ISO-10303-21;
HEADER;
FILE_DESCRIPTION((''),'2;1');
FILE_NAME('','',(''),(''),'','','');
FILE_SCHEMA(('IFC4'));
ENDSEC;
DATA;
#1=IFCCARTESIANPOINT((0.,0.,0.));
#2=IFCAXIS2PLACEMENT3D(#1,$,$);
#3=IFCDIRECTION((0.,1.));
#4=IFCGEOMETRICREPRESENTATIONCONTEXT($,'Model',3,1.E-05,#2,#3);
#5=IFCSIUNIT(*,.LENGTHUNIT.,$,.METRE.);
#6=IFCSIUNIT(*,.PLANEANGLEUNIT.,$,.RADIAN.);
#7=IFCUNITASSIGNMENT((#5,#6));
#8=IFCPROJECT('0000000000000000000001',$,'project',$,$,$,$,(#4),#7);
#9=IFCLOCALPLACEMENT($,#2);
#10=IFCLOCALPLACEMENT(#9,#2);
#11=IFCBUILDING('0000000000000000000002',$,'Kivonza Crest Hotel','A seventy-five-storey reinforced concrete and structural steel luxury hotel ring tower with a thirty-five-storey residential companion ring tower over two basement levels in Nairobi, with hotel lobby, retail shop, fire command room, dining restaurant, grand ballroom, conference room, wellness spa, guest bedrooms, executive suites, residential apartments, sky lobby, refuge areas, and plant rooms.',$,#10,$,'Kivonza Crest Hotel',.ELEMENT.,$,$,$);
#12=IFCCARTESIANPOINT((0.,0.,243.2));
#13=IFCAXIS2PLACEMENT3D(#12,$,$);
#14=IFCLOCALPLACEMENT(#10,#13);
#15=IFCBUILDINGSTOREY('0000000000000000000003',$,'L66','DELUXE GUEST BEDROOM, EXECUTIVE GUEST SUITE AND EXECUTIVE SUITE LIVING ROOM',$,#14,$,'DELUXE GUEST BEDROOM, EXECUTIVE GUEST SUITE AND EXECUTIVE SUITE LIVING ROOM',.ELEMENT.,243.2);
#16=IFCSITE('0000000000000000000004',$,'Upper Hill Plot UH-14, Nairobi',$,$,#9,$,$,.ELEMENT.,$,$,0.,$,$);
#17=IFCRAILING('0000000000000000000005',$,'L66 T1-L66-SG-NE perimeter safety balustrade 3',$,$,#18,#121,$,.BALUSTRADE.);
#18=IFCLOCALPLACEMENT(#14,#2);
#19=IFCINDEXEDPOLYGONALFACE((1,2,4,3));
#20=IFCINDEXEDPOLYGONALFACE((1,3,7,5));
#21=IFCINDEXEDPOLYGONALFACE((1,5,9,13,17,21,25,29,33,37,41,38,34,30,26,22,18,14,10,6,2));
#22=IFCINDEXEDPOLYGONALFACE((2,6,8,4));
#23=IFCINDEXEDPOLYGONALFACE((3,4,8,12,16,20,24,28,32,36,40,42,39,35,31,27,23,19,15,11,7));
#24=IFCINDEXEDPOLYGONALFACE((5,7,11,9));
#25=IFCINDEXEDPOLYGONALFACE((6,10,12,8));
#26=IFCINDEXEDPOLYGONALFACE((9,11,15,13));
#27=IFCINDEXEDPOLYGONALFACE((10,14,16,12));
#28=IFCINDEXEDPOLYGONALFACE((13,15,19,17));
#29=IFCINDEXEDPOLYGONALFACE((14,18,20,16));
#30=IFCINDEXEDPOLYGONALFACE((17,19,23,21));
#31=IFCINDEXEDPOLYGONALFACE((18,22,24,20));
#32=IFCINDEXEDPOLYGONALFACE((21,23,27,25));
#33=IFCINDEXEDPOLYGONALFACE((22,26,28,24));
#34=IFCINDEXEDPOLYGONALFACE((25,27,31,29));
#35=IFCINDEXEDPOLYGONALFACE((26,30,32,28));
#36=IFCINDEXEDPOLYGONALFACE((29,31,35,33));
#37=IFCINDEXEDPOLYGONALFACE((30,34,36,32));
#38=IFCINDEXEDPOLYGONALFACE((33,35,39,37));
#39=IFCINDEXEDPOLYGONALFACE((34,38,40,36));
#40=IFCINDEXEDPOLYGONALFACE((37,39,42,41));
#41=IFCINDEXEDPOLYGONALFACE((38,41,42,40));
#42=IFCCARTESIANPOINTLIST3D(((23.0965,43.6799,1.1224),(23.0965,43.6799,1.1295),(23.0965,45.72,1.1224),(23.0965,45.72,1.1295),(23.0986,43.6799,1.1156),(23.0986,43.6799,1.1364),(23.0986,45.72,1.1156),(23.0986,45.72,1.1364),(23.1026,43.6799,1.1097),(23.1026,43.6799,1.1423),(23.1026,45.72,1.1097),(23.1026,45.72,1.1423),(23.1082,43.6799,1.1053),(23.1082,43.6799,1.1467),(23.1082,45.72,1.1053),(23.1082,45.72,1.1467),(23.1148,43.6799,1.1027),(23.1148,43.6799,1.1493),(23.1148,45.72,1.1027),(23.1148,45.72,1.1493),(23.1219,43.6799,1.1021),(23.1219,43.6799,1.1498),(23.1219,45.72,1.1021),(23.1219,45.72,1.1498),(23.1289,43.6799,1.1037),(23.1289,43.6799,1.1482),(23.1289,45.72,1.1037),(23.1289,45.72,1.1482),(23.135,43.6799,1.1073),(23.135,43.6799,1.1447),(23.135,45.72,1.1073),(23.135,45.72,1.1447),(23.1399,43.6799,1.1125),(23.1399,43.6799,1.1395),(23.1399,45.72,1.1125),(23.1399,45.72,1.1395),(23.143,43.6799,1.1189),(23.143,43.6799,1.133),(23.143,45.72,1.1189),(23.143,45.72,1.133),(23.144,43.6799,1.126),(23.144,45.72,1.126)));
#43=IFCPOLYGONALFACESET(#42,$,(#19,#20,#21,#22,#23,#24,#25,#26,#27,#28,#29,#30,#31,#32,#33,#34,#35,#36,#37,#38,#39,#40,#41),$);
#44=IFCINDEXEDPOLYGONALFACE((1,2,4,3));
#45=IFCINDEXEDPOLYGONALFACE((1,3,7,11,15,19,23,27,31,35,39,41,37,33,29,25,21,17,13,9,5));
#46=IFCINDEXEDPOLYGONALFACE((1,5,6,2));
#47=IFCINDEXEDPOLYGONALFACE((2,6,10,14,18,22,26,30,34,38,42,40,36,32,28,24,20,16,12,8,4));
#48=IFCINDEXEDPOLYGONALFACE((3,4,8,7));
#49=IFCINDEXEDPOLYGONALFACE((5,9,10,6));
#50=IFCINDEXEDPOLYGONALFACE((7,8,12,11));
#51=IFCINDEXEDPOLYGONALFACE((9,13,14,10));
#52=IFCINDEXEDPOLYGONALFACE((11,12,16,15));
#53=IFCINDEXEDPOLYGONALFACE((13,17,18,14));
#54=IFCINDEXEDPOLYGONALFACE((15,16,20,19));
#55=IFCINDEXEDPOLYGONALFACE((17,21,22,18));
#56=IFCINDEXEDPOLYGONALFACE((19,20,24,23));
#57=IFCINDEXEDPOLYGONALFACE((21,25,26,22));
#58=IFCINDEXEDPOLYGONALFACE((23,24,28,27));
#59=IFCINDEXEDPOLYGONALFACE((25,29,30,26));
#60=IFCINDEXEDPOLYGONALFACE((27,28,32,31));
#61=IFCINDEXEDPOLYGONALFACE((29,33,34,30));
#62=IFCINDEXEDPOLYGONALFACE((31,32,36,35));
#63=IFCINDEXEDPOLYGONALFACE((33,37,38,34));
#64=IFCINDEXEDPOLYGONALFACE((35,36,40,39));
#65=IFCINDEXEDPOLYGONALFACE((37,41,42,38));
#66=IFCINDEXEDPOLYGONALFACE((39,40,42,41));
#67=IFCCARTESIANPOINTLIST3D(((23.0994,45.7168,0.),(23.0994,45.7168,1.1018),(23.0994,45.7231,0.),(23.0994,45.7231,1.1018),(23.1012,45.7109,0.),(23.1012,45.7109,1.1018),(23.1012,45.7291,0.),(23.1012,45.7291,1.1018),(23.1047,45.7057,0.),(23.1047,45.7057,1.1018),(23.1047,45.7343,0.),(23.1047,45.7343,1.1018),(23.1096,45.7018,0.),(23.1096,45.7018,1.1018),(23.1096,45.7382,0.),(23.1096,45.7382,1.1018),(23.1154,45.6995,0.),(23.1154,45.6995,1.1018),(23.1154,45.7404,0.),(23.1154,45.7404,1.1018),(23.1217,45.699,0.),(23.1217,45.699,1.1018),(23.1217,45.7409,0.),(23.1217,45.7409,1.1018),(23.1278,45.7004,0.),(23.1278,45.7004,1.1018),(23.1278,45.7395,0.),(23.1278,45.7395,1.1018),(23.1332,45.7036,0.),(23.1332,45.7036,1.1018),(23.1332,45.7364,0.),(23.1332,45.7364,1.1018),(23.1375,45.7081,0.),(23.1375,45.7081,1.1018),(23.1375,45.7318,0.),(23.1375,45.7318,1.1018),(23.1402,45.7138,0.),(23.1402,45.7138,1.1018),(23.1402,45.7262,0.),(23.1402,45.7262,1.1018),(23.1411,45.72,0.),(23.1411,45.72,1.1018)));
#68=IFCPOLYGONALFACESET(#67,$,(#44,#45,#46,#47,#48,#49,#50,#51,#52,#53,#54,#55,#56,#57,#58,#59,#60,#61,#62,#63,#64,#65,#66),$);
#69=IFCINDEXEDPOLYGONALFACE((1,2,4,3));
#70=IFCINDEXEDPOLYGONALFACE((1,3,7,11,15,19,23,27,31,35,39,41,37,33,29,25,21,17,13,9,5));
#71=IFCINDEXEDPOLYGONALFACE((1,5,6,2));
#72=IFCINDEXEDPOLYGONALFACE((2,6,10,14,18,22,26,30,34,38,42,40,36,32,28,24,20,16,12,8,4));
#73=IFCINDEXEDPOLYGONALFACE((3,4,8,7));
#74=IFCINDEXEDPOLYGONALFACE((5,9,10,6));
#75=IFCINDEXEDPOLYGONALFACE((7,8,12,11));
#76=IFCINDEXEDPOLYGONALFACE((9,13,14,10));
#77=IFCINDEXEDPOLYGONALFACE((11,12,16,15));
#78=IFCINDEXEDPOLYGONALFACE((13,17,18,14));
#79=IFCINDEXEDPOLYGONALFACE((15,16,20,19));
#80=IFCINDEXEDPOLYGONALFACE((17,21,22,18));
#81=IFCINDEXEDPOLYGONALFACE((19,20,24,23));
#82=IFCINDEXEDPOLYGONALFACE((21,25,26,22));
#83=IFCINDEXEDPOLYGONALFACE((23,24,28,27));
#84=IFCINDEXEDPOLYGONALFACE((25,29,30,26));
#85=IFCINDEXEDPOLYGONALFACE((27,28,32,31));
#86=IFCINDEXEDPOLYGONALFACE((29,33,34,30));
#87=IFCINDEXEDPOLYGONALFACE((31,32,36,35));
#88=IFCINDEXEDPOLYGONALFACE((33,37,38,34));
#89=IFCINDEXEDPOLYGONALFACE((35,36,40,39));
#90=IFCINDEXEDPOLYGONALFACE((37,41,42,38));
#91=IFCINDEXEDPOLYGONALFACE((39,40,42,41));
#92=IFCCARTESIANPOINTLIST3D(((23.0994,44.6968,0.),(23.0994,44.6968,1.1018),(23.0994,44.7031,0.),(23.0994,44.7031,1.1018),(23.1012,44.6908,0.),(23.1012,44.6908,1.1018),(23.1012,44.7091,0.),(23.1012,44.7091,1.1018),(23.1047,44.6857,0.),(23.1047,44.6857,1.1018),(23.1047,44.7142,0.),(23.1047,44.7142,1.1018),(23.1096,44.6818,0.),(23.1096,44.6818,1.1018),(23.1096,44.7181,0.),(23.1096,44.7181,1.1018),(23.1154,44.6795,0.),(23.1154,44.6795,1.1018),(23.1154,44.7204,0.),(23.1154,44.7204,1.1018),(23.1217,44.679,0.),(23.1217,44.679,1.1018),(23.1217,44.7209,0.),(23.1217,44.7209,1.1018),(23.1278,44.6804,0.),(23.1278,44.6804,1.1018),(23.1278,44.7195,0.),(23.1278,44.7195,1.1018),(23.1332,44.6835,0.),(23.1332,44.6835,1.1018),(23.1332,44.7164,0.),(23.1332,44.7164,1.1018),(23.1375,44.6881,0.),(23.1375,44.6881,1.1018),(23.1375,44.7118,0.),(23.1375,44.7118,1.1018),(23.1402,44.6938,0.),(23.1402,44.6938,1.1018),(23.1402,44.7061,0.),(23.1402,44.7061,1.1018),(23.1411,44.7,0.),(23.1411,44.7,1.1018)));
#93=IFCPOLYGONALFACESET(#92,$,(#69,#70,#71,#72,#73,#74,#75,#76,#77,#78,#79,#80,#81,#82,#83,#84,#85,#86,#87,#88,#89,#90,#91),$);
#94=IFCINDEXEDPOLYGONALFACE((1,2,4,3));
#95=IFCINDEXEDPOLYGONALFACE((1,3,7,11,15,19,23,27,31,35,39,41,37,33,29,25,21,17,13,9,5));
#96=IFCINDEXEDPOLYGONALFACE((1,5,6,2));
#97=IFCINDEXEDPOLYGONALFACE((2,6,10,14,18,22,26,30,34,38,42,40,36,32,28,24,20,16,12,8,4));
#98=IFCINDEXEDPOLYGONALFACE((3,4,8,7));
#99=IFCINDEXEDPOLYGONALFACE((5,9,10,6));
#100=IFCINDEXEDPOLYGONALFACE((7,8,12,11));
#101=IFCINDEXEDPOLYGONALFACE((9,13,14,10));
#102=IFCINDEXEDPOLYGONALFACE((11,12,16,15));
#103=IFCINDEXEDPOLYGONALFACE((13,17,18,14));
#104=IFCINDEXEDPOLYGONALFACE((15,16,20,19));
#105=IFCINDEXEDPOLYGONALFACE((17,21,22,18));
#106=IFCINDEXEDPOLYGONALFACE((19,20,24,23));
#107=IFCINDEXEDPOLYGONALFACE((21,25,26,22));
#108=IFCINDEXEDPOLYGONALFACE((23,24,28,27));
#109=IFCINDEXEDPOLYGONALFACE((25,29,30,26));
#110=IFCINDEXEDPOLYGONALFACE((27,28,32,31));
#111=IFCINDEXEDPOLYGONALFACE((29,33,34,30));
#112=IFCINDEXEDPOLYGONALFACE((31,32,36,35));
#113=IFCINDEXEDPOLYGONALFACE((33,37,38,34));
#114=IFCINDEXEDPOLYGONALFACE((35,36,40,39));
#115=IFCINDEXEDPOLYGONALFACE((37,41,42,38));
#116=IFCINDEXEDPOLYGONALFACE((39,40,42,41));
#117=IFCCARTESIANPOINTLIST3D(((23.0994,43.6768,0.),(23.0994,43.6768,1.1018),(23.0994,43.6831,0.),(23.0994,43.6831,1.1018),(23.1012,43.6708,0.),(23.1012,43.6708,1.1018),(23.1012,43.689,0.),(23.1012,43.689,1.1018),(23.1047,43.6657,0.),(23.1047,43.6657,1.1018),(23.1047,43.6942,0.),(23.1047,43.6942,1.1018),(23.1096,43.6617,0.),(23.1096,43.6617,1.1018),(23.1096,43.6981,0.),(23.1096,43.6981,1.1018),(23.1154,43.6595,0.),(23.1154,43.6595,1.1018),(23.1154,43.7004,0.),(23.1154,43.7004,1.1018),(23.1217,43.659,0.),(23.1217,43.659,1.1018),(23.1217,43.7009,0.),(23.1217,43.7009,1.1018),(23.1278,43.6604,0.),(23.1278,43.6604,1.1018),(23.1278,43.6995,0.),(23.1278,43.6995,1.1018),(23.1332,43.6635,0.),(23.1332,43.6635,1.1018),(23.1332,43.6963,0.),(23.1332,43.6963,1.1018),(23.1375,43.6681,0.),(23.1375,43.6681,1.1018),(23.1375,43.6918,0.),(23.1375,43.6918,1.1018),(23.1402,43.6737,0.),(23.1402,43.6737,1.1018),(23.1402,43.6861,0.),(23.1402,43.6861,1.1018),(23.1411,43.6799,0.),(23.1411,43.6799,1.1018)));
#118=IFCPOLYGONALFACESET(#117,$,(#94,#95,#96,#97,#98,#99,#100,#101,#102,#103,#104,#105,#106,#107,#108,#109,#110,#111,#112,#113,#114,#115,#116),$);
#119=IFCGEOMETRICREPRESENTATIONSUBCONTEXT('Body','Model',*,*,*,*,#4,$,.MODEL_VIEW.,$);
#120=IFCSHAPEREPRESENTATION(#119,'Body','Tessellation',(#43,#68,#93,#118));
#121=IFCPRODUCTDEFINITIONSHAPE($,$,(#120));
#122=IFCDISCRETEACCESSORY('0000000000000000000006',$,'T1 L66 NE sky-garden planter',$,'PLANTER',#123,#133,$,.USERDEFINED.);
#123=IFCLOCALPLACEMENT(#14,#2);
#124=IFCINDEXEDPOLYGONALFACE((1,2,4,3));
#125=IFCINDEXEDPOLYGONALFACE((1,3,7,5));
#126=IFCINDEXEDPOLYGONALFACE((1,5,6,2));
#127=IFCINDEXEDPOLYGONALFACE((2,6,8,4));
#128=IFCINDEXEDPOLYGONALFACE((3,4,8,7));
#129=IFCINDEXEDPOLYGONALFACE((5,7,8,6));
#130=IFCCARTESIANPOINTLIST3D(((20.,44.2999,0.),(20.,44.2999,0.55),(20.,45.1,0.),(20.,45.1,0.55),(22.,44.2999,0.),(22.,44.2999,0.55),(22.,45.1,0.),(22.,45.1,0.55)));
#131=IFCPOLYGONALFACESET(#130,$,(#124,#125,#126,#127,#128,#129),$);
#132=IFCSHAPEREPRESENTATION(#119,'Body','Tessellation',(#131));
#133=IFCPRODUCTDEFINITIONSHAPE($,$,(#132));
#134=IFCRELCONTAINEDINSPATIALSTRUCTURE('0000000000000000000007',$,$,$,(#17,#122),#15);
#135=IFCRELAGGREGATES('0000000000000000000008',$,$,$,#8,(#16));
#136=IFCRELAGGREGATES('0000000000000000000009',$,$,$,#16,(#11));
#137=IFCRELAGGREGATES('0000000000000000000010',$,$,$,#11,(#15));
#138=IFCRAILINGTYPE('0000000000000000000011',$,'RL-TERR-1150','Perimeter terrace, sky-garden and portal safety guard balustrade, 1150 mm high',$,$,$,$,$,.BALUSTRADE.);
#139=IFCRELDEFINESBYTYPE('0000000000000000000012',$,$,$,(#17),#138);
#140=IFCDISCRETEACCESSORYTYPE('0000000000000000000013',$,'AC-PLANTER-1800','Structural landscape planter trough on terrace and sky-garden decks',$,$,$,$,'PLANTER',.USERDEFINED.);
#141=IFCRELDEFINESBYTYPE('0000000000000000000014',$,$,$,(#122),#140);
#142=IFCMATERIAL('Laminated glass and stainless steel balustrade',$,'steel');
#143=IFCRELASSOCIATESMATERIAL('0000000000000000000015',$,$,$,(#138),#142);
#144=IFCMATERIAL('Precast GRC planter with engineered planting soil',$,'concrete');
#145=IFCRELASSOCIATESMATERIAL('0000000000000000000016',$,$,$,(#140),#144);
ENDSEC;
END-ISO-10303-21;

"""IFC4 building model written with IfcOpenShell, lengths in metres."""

from ifc_helpers import new_model, si_unit, direction, frame, origin, origin_2d, place, context, subcontext, project, spatial, rectangle, circle, extrude, material, type_object, element, save


model = new_model("IFC4")

# Units and contexts
model_context = context("Model", 3, precision=1e-05, world=origin(), true_north=direction((0.0, 1.0)))
body_context = subcontext(model_context, "Body", "Model", "MODEL_VIEW")
ifc_project = project(units=[si_unit("LENGTHUNIT", "METRE"), si_unit("PLANEANGLEUNIT", "RADIAN")], contexts=[model_context])

# Site, building, storey
site_placement = place(None, origin())
site = spatial("IfcSite", under=ifc_project, at=site_placement, Name="Upper Hill Plot UH-14, Nairobi", CompositionType="ELEMENT", RefElevation=0.0)
building_placement = place(site_placement, origin())
building = spatial("IfcBuilding", under=site, at=building_placement, Name="Kivonza Crest Hotel", Description="A seventy-five-storey reinforced concrete and structural steel luxury hotel ring tower with a thirty-five-storey residential companion ring tower over two basement levels in Nairobi, with hotel lobby, retail shop, fire command room, dining restaurant, grand ballroom, conference room, wellness spa, guest bedrooms, executive suites, residential apartments, sky lobby, refuge areas, and plant rooms.", LongName="Kivonza Crest Hotel", CompositionType="ELEMENT")
storey_placement = place(building_placement, frame((0.0, 0.0, 243.2)))
storey = spatial("IfcBuildingStorey", under=building, at=storey_placement, Name="L66", Description="DELUXE GUEST BEDROOM, EXECUTIVE GUEST SUITE AND EXECUTIVE SUITE LIVING ROOM", LongName="DELUXE GUEST BEDROOM, EXECUTIVE GUEST SUITE AND EXECUTIVE SUITE LIVING ROOM", CompositionType="ELEMENT", Elevation=243.2)

# Railing
ifc_material_1 = material(Name="Laminated glass and stainless steel balustrade", Category="steel")
railing_type = type_object("IfcRailingType", Name="RL-TERR-1150", Description="Perimeter terrace, sky-garden and portal safety guard balustrade, 1150 mm high", PredefinedType="BALUSTRADE", material=ifc_material_1)
railing_1_placement = place(storey_placement, frame((23.1201, 45.72, 0.0)))
element("IfcRailing", 1, at=railing_1_placement, inside=storey, type_object=railing_type, Name="L66 T1-L66-SG-NE perimeter safety balustrade 3", PredefinedType="BALUSTRADE", context=body_context, shape_type="SweptSolid", body=[
    extrude(circle(Radius=0.0239, at=origin_2d()), frame((0.0, 0.0, 1.126), z_axis=(0.0, -1.0, 0.0), x_axis=(1.0, 0.0, 0.0)), (0.0, 0.0, 1.0), 2.04),
    extrude(circle(Radius=0.021, at=origin_2d()), origin(), (0.0, 0.0, 1.0), 1.1018),
    extrude(circle(Radius=0.021, at=origin_2d()), frame((0.0, -1.02, 0.0)), (0.0, 0.0, 1.0), 1.1018),
    extrude(circle(Radius=0.021, at=origin_2d()), frame((0.0, -2.04, 0.0)), (0.0, 0.0, 1.0), 1.1018),
])

# Discrete accessory
ifc_material_2 = material(Name="Precast GRC planter with engineered planting soil", Category="concrete")
discrete_accessory_type = type_object("IfcDiscreteAccessoryType", Name="AC-PLANTER-1800", Description="Structural landscape planter trough on terrace and sky-garden decks", ElementType="PLANTER", PredefinedType="USERDEFINED", material=ifc_material_2)
discrete_accessory_placement = place(storey_placement, frame((21.0, 44.7, 0.0), z_axis=(0.0, 0.0, 1.0), x_axis=(1.0, 0.0, 0.0)))
element("IfcDiscreteAccessory", 2, at=discrete_accessory_placement, inside=storey, type_object=discrete_accessory_type, Name="T1 L66 NE sky-garden planter", ObjectType="PLANTER", PredefinedType="USERDEFINED", context=body_context, shape_type="SweptSolid", body=[
    extrude(rectangle(XDim=2.0, YDim=0.8, at=origin_2d()), origin(), (0.0, 0.0, 1.0), 0.55),
])

save(model, "model.ifc")
